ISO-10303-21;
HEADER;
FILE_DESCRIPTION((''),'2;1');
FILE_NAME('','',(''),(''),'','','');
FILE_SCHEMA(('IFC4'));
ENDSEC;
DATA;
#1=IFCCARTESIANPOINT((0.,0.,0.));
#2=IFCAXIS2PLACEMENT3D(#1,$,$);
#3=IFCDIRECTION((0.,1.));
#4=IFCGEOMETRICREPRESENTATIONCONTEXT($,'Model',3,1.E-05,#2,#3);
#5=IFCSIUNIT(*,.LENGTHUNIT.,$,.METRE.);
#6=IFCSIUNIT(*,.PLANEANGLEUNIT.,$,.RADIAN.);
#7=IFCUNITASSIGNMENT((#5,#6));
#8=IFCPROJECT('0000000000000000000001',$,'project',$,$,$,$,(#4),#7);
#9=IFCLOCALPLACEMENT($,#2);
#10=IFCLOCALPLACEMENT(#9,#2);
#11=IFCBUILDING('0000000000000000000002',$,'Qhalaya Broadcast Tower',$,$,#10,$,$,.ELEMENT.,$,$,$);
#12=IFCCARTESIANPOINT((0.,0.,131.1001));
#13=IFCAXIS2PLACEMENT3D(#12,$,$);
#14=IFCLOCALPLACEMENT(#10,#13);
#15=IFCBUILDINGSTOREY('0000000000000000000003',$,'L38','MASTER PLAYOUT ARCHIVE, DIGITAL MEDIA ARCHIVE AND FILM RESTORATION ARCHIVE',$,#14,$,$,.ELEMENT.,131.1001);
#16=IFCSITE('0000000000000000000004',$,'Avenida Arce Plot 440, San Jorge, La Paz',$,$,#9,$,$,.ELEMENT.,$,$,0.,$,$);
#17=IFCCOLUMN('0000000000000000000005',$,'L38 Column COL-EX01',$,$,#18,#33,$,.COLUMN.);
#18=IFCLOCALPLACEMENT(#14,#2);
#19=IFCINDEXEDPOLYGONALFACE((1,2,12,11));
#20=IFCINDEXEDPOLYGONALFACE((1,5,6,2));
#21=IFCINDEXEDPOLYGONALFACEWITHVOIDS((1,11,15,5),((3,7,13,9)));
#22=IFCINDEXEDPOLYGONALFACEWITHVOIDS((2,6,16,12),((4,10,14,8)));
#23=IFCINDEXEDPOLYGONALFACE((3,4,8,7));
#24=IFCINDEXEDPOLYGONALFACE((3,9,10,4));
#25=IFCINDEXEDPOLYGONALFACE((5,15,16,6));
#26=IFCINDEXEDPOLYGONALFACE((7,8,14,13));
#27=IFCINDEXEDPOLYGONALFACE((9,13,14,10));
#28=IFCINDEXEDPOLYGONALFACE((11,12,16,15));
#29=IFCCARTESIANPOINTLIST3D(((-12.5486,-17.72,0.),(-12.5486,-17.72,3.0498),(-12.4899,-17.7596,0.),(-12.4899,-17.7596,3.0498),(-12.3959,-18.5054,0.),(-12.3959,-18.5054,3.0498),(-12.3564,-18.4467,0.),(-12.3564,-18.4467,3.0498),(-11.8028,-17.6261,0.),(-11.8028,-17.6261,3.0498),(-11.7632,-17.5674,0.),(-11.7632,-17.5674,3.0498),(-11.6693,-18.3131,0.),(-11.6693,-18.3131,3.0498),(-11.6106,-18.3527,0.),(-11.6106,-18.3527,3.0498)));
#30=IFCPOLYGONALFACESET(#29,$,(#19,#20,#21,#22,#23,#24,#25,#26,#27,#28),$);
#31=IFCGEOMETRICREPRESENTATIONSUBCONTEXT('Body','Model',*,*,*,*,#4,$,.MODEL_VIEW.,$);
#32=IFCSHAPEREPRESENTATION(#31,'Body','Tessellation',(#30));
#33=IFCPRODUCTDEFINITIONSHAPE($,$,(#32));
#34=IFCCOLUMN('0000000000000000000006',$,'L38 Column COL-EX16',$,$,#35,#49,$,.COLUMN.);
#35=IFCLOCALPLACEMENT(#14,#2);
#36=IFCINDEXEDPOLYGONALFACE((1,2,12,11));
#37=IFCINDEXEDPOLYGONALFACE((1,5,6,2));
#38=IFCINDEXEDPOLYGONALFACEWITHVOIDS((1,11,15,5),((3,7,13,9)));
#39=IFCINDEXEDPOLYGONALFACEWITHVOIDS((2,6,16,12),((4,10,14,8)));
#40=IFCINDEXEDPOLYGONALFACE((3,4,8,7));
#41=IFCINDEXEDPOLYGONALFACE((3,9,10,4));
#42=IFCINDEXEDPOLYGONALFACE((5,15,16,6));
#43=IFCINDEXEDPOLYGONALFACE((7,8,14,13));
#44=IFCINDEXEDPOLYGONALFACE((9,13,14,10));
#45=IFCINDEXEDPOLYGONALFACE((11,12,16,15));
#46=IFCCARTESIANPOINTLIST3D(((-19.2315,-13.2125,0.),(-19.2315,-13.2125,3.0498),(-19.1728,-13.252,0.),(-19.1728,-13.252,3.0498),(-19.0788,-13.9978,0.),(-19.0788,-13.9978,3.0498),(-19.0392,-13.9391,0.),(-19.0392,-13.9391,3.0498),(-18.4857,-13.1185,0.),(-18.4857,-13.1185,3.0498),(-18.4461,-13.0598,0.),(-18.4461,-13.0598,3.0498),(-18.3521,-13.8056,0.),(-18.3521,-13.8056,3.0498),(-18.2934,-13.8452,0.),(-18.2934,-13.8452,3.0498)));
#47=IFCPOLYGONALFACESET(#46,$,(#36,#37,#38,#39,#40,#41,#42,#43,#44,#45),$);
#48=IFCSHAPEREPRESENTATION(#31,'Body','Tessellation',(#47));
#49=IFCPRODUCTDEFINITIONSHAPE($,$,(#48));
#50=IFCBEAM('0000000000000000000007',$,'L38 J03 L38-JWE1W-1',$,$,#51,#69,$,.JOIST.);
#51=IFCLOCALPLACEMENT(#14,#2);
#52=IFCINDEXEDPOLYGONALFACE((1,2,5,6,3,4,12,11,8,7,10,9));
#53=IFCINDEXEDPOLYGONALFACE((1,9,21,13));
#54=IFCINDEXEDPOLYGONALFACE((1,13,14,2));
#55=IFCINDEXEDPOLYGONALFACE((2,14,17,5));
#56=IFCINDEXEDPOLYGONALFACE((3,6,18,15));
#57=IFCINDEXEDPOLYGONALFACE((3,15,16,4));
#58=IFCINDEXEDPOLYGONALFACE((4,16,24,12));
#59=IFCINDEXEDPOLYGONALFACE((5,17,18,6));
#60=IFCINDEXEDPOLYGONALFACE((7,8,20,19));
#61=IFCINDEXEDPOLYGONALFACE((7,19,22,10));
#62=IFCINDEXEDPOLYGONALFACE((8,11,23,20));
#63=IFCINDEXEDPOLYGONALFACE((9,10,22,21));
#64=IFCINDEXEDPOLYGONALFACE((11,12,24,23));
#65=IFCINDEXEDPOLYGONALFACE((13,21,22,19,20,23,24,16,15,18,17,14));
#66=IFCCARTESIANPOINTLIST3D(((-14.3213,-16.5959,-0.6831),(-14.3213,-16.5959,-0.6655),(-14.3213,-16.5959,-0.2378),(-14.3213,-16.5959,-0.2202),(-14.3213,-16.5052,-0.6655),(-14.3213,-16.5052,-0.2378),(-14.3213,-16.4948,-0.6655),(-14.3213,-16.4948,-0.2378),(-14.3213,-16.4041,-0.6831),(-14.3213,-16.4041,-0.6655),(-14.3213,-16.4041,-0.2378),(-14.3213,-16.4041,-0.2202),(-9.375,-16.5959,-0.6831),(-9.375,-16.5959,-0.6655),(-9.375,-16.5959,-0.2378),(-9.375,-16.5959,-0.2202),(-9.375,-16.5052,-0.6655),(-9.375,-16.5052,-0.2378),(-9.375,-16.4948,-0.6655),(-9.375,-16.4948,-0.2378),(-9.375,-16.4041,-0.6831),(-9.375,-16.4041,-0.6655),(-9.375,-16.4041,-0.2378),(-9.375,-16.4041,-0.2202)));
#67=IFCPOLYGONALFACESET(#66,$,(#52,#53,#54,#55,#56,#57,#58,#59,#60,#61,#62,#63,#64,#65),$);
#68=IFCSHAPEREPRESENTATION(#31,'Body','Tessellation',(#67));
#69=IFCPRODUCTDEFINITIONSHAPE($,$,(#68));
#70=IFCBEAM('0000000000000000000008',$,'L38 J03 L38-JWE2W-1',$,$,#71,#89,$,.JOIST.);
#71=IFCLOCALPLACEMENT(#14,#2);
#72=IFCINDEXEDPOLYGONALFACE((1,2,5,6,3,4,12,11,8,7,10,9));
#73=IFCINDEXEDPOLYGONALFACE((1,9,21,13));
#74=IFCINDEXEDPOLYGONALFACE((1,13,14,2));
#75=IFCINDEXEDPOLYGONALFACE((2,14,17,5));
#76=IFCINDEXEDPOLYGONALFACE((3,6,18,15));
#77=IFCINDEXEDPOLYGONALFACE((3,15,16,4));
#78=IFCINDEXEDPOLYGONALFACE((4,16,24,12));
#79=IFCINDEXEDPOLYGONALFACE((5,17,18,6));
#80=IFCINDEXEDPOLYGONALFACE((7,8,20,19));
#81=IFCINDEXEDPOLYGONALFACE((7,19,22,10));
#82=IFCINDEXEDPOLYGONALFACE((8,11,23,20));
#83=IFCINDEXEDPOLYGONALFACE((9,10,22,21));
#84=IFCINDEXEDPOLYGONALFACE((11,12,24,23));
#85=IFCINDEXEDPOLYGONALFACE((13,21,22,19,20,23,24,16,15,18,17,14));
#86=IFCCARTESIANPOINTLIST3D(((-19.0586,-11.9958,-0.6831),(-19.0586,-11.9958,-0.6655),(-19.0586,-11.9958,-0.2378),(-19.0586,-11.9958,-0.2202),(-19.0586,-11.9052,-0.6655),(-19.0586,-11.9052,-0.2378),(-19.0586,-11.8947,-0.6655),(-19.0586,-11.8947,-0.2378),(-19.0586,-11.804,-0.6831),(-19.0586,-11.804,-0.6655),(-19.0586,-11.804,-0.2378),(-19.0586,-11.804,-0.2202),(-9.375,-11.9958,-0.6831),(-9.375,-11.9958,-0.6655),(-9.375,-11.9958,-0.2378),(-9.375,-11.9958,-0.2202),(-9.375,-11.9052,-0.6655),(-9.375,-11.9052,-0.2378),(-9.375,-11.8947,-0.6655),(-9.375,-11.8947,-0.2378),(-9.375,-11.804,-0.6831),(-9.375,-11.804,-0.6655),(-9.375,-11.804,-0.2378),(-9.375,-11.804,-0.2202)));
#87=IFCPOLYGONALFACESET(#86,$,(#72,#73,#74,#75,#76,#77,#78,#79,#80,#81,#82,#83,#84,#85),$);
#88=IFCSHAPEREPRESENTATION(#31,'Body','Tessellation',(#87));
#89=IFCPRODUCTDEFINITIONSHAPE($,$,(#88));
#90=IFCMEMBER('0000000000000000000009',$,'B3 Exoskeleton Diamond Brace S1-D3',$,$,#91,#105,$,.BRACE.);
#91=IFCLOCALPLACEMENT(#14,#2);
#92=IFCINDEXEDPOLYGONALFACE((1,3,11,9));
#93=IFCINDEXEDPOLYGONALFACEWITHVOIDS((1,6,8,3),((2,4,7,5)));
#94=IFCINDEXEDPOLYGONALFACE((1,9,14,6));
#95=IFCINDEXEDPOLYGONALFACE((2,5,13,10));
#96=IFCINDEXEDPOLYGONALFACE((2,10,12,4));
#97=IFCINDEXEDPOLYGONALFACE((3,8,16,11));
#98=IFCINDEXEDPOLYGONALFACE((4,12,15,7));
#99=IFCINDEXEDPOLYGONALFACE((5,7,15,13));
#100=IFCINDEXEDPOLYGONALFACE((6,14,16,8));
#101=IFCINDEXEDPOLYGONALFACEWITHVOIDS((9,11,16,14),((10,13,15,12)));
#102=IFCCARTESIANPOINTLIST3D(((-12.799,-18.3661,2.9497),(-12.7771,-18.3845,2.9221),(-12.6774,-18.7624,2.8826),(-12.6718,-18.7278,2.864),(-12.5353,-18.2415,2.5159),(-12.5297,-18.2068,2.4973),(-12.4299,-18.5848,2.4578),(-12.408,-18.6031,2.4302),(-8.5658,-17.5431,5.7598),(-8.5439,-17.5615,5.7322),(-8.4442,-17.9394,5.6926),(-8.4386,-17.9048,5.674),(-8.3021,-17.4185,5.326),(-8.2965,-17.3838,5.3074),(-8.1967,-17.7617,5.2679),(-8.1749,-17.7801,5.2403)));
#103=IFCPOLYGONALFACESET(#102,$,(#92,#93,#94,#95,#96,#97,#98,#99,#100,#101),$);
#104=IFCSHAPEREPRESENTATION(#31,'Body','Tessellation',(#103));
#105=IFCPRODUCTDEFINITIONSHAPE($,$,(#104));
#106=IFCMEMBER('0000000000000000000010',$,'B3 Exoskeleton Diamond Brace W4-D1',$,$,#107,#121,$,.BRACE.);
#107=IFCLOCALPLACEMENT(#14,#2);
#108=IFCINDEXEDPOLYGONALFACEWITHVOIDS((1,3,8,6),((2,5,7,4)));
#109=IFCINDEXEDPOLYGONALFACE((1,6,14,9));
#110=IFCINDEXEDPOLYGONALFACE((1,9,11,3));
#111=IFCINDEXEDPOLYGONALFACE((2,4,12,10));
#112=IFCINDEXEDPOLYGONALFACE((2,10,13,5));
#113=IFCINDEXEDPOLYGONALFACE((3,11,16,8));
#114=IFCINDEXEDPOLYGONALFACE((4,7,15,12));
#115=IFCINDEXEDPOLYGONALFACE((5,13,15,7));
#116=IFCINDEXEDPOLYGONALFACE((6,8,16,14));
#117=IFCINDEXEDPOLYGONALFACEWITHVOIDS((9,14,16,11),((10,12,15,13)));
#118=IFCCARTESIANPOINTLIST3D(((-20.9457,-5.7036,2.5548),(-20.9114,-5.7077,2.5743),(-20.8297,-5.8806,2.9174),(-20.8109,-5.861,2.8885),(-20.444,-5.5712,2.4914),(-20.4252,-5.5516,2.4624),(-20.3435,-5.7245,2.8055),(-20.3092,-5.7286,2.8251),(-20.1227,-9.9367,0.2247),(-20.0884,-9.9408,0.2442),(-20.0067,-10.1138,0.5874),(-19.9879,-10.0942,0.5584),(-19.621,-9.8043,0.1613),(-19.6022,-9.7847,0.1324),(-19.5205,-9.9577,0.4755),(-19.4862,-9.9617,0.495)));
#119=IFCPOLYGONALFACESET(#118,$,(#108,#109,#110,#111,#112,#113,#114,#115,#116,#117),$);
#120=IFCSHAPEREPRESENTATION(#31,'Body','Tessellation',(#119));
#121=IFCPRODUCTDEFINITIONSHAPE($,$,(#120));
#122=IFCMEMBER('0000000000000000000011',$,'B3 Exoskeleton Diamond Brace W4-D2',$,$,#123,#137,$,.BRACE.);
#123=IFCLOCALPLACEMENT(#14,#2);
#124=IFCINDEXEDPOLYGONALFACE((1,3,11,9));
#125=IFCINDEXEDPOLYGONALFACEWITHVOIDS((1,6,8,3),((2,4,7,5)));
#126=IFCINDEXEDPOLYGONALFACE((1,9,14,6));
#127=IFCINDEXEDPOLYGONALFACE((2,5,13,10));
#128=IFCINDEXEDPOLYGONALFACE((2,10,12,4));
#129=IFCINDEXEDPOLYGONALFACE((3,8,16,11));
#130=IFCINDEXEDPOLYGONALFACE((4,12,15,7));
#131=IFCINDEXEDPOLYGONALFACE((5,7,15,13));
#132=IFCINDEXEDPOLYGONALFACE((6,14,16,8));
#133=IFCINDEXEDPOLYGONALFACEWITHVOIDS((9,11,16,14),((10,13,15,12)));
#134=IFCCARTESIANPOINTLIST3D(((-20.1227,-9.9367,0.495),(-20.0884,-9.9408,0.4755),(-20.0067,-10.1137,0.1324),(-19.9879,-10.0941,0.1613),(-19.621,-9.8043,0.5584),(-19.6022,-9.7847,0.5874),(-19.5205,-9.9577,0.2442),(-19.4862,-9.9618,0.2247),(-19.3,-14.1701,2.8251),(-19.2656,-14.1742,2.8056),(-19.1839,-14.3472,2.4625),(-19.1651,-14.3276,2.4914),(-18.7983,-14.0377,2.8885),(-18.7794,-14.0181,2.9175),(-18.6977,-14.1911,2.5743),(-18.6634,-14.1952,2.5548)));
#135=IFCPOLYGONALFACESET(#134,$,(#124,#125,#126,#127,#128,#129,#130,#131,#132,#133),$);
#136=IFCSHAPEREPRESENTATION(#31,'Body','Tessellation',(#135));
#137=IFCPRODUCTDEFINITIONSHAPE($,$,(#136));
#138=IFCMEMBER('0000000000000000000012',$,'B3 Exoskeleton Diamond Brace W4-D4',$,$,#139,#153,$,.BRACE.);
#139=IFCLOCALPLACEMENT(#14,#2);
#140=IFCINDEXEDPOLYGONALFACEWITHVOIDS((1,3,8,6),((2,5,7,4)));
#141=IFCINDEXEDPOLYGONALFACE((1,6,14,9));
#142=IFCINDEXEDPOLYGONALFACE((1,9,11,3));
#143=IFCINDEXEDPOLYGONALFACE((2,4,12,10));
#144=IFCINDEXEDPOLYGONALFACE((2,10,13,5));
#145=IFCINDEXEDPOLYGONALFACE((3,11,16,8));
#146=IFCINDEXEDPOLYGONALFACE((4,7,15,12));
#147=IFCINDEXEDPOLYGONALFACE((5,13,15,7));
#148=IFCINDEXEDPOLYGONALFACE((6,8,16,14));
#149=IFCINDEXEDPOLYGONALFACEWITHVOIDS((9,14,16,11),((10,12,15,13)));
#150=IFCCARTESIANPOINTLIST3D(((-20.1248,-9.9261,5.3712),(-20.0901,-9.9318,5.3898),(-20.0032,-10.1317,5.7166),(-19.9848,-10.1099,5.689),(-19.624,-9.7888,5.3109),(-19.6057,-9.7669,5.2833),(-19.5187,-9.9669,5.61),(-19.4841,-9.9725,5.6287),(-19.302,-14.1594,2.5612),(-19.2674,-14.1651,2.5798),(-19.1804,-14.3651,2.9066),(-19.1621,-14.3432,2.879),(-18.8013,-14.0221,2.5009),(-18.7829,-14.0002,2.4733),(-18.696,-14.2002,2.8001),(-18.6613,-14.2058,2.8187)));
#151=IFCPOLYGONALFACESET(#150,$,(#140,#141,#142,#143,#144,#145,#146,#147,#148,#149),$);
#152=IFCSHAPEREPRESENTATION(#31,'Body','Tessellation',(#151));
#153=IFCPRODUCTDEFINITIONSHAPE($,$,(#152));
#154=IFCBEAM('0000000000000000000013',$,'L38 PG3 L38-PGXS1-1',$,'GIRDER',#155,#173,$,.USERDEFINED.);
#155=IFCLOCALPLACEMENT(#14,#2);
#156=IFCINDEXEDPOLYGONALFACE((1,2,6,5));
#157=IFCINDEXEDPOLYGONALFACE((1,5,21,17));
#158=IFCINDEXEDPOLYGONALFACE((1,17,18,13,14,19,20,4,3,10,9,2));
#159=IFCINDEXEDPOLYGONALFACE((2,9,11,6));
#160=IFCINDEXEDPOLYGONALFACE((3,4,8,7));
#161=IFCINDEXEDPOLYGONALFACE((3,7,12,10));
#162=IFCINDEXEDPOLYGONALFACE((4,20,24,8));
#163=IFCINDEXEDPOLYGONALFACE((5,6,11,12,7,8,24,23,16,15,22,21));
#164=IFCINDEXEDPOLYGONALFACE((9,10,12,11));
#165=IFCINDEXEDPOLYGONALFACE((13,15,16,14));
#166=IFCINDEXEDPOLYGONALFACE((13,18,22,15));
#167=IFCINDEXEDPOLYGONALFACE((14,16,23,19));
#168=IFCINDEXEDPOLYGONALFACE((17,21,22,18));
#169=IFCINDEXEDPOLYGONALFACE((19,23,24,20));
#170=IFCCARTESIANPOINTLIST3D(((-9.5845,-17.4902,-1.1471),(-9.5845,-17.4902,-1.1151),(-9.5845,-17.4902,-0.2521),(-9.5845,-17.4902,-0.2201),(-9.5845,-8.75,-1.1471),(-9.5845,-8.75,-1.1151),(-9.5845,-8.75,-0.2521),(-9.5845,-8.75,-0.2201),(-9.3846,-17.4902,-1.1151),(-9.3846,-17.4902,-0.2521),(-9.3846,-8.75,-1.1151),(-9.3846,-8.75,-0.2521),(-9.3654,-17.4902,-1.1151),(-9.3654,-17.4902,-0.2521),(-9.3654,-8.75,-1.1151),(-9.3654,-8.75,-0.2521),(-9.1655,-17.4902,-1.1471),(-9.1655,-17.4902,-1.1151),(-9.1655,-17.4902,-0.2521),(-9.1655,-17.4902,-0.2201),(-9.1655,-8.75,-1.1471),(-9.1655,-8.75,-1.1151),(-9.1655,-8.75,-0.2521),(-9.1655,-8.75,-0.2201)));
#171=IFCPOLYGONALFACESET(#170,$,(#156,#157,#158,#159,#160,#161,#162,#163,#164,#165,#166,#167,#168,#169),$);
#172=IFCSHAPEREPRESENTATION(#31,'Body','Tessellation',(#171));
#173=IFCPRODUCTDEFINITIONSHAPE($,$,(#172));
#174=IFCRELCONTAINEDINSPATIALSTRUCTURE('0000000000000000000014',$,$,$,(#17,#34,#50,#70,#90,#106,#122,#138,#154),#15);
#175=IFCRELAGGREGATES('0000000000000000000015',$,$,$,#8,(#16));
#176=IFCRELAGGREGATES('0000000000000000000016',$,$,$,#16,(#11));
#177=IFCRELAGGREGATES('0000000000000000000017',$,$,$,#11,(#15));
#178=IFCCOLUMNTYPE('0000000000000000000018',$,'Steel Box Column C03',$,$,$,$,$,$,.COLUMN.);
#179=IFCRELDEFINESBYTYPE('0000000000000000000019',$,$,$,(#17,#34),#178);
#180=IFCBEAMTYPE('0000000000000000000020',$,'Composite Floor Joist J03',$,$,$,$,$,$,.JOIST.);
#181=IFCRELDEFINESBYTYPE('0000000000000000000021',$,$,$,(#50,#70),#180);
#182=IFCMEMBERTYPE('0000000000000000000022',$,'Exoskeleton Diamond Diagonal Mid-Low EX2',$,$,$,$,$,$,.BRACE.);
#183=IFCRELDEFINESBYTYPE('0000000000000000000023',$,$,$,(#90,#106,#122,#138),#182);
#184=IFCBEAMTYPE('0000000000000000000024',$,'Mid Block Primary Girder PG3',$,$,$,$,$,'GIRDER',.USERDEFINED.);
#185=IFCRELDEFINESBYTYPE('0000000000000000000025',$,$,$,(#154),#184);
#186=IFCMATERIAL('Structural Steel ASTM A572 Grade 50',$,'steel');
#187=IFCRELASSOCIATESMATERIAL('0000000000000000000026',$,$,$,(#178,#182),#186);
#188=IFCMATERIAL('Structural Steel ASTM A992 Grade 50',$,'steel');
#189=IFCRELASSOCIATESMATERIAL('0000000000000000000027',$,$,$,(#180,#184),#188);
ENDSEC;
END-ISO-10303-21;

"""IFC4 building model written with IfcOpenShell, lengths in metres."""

from ifc_helpers import new_model, si_unit, direction, frame, origin, origin_2d, place, context, subcontext, project, spatial, hollow_rectangle, i_section, extrude, material, material_profile, profile_set, type_object, element, save


model = new_model("IFC4")

# Units and contexts
model_context = context("Model", 3, precision=1e-05, world=origin(), true_north=direction((0.0, 1.0)))
body_context = subcontext(model_context, "Body", "Model", "MODEL_VIEW")
ifc_project = project(units=[si_unit("LENGTHUNIT", "METRE"), si_unit("PLANEANGLEUNIT", "RADIAN")], contexts=[model_context])

# Site, building, storey
site_placement = place(None, origin())
site = spatial("IfcSite", under=ifc_project, at=site_placement, Name="Avenida Arce Plot 440, San Jorge, La Paz", CompositionType="ELEMENT", RefElevation=0.0)
building_placement = place(site_placement, origin())
building = spatial("IfcBuilding", under=site, at=building_placement, Name="Qhalaya Broadcast Tower", CompositionType="ELEMENT")
storey_placement = place(building_placement, frame((0.0, 0.0, 131.1001)))
storey = spatial("IfcBuildingStorey", under=building, at=storey_placement, Name="L38", Description="MASTER PLAYOUT ARCHIVE, DIGITAL MEDIA ARCHIVE AND FILM RESTORATION ARCHIVE", CompositionType="ELEMENT", Elevation=131.1001)

# Columns
ifc_material_1 = material(Name="Structural Steel ASTM A572 Grade 50", Category="steel")
ifc_material_profile_1 = material_profile(ifc_material_1, hollow_rectangle(XDim=0.8, YDim=0.8, WallThickness=0.05, at=origin_2d()), Name="BOX 800x800x50")
ifc_profile_set_1 = profile_set([ifc_material_profile_1], Name="Structural Steel ASTM A572 Grade 50")
column_type = type_object("IfcColumnType", Name="Steel Box Column C03", PredefinedType="COLUMN", material=ifc_profile_set_1)
for number, where, z_axis, x_axis, name in (
    (1, (-12.0796, -18.0364, 0.0), (0.0, 0.0, 1.0), (0.981627, 0.190809, 0.0), "L38 Column COL-EX01"),
    (2, (-18.7625, -13.5288, 0.0), (0.0, 0.0, 1.0), (-0.190809, 0.981627, 0.0), "L38 Column COL-EX16"),
):
    element("IfcColumn", number, at=place(storey_placement, frame(where, z_axis=z_axis, x_axis=x_axis)), inside=storey, type_object=column_type, Name=name, PredefinedType="COLUMN", context=body_context, shape_type="SweptSolid", body=[
        extrude(hollow_rectangle(XDim=0.8, YDim=0.8, WallThickness=0.05, at=origin_2d()), origin(), (0.0, 0.0, 1.0), 3.0498),
    ])

# Beams
ifc_material_2 = material(Name="Structural Steel ASTM A992 Grade 50", Category="steel")
ifc_material_profile_2 = material_profile(ifc_material_2, i_section(OverallWidth=0.1919, OverallDepth=0.4629, WebThickness=0.0105, FlangeThickness=0.0176, at=origin_2d()), Name="W18X60")
ifc_profile_set_2 = profile_set([ifc_material_profile_2], Name="Structural Steel ASTM A992 Grade 50")
beam_type_1 = type_object("IfcBeamType", Name="Composite Floor Joist J03", PredefinedType="JOIST", material=ifc_profile_set_2)
beam_1_placement = place(storey_placement, frame((-14.3213, -16.5, -0.4517), z_axis=(1.0, 0.0, 0.0), x_axis=(0.0, 1.0, 0.0)))
element("IfcBeam", 3, at=beam_1_placement, inside=storey, type_object=beam_type_1, Name="L38 J03 L38-JWE1W-1", PredefinedType="JOIST", context=body_context, shape_type="SweptSolid", body=[
    extrude(i_section(OverallWidth=0.1919, OverallDepth=0.4629, WebThickness=0.0105, FlangeThickness=0.0176, at=origin_2d()), origin(), (0.0, 0.0, 1.0), 4.9463),
])
beam_2_placement = place(storey_placement, frame((-19.0586, -11.8999, -0.4517), z_axis=(1.0, 0.0, 0.0), x_axis=(0.0, 1.0, 0.0)))
element("IfcBeam", 4, at=beam_2_placement, inside=storey, type_object=beam_type_1, Name="L38 J03 L38-JWE2W-1", PredefinedType="JOIST", context=body_context, shape_type="SweptSolid", body=[
    extrude(i_section(OverallWidth=0.1919, OverallDepth=0.4629, WebThickness=0.0105, FlangeThickness=0.0176, at=origin_2d()), origin(), (0.0, 0.0, 1.0), 9.6836),
])

# Members
ifc_material_profile_3 = material_profile(ifc_material_1, hollow_rectangle(XDim=0.4199, YDim=0.55, WallThickness=0.0281, at=origin_2d()), Name="BOX 420x550x28")
ifc_profile_set_3 = profile_set([ifc_material_profile_3], Name="Structural Steel ASTM A572 Grade 50")
member_type = type_object("IfcMemberType", Name="Exoskeleton Diamond Diagonal Mid-Low EX2", PredefinedType="BRACE", material=ifc_profile_set_3)
member_1_placement = place(storey_placement, frame((-12.6035, -18.4846, 2.6899), z_axis=(0.822424, 0.159893, 0.545943), x_axis=(-0.289594, 0.943705, 0.159864)))
element("IfcMember", 5, at=member_1_placement, inside=storey, type_object=member_type, Name="B3 Exoskeleton Diamond Brace S1-D3", PredefinedType="BRACE", context=body_context, shape_type="SweptSolid", body=[
    extrude(hollow_rectangle(XDim=0.4199, YDim=0.55, WallThickness=0.0281, at=origin_2d()), origin(), (0.0, 0.0, 1.0), 5.1472),
])
member_2_placement = place(storey_placement, frame((-19.8044, -9.9492, 0.3599), z_axis=(-0.167902, 0.863618, 0.475366), x_axis=(0.276356, -0.421641, 0.863624)))
element("IfcMember", 6, at=member_2_placement, inside=storey, type_object=member_type, Name="B3 Exoskeleton Diamond Brace W4-D1", PredefinedType="BRACE", context=body_context, shape_type="SweptSolid", body=[
    extrude(hollow_rectangle(XDim=0.4199, YDim=0.55, WallThickness=0.0281, at=origin_2d()), origin(), (0.0, 0.0, 1.0), 4.9016),
])
member_3_placement = place(storey_placement, frame((-19.8044, -9.9492, 0.3599), z_axis=(0.167847, -0.863638, 0.475349), x_axis=(-0.276325, 0.421643, 0.863633)))
element("IfcMember", 7, at=member_3_placement, inside=storey, type_object=member_type, Name="B3 Exoskeleton Diamond Brace W4-D2", PredefinedType="BRACE", context=body_context, shape_type="SweptSolid", body=[
    extrude(hollow_rectangle(XDim=0.4199, YDim=0.55, WallThickness=0.0281, at=origin_2d()), origin(), (0.0, 0.0, 1.0), 4.9019),
])
member_4_placement = place(storey_placement, frame((-18.9817, -14.1826, 2.6899), z_axis=(-0.159841, 0.822445, 0.545925), x_axis=(0.289542, -0.48965, 0.82244)))
element("IfcMember", 8, at=member_4_placement, inside=storey, type_object=member_type, Name="B3 Exoskeleton Diamond Brace W4-D4", PredefinedType="BRACE", context=body_context, shape_type="SweptSolid", body=[
    extrude(hollow_rectangle(XDim=0.4199, YDim=0.55, WallThickness=0.0281, at=origin_2d()), origin(), (0.0, 0.0, 1.0), 5.1472),
])

# Beam
ifc_material_profile_4 = material_profile(ifc_material_2, i_section(OverallWidth=0.4189, OverallDepth=0.927, WebThickness=0.0193, FlangeThickness=0.032, at=origin_2d()), Name="W36X231")
ifc_profile_set_4 = profile_set([ifc_material_profile_4], Name="Structural Steel ASTM A992 Grade 50")
beam_type_2 = type_object("IfcBeamType", Name="Mid Block Primary Girder PG3", ElementType="GIRDER", PredefinedType="USERDEFINED", material=ifc_profile_set_4)
beam_3_placement = place(storey_placement, frame((-9.375, -17.4902, -0.6836), z_axis=(0.0, 1.0, 0.0), x_axis=(-1.0, 0.0, 0.0)))
element("IfcBeam", 9, at=beam_3_placement, inside=storey, type_object=beam_type_2, Name="L38 PG3 L38-PGXS1-1", ObjectType="GIRDER", PredefinedType="USERDEFINED", context=body_context, shape_type="SweptSolid", body=[
    extrude(i_section(OverallWidth=0.4189, OverallDepth=0.927, WebThickness=0.0193, FlangeThickness=0.032, at=origin_2d()), origin(), (0.0, 0.0, 1.0), 8.7402),
])

save(model, "model.ifc")
